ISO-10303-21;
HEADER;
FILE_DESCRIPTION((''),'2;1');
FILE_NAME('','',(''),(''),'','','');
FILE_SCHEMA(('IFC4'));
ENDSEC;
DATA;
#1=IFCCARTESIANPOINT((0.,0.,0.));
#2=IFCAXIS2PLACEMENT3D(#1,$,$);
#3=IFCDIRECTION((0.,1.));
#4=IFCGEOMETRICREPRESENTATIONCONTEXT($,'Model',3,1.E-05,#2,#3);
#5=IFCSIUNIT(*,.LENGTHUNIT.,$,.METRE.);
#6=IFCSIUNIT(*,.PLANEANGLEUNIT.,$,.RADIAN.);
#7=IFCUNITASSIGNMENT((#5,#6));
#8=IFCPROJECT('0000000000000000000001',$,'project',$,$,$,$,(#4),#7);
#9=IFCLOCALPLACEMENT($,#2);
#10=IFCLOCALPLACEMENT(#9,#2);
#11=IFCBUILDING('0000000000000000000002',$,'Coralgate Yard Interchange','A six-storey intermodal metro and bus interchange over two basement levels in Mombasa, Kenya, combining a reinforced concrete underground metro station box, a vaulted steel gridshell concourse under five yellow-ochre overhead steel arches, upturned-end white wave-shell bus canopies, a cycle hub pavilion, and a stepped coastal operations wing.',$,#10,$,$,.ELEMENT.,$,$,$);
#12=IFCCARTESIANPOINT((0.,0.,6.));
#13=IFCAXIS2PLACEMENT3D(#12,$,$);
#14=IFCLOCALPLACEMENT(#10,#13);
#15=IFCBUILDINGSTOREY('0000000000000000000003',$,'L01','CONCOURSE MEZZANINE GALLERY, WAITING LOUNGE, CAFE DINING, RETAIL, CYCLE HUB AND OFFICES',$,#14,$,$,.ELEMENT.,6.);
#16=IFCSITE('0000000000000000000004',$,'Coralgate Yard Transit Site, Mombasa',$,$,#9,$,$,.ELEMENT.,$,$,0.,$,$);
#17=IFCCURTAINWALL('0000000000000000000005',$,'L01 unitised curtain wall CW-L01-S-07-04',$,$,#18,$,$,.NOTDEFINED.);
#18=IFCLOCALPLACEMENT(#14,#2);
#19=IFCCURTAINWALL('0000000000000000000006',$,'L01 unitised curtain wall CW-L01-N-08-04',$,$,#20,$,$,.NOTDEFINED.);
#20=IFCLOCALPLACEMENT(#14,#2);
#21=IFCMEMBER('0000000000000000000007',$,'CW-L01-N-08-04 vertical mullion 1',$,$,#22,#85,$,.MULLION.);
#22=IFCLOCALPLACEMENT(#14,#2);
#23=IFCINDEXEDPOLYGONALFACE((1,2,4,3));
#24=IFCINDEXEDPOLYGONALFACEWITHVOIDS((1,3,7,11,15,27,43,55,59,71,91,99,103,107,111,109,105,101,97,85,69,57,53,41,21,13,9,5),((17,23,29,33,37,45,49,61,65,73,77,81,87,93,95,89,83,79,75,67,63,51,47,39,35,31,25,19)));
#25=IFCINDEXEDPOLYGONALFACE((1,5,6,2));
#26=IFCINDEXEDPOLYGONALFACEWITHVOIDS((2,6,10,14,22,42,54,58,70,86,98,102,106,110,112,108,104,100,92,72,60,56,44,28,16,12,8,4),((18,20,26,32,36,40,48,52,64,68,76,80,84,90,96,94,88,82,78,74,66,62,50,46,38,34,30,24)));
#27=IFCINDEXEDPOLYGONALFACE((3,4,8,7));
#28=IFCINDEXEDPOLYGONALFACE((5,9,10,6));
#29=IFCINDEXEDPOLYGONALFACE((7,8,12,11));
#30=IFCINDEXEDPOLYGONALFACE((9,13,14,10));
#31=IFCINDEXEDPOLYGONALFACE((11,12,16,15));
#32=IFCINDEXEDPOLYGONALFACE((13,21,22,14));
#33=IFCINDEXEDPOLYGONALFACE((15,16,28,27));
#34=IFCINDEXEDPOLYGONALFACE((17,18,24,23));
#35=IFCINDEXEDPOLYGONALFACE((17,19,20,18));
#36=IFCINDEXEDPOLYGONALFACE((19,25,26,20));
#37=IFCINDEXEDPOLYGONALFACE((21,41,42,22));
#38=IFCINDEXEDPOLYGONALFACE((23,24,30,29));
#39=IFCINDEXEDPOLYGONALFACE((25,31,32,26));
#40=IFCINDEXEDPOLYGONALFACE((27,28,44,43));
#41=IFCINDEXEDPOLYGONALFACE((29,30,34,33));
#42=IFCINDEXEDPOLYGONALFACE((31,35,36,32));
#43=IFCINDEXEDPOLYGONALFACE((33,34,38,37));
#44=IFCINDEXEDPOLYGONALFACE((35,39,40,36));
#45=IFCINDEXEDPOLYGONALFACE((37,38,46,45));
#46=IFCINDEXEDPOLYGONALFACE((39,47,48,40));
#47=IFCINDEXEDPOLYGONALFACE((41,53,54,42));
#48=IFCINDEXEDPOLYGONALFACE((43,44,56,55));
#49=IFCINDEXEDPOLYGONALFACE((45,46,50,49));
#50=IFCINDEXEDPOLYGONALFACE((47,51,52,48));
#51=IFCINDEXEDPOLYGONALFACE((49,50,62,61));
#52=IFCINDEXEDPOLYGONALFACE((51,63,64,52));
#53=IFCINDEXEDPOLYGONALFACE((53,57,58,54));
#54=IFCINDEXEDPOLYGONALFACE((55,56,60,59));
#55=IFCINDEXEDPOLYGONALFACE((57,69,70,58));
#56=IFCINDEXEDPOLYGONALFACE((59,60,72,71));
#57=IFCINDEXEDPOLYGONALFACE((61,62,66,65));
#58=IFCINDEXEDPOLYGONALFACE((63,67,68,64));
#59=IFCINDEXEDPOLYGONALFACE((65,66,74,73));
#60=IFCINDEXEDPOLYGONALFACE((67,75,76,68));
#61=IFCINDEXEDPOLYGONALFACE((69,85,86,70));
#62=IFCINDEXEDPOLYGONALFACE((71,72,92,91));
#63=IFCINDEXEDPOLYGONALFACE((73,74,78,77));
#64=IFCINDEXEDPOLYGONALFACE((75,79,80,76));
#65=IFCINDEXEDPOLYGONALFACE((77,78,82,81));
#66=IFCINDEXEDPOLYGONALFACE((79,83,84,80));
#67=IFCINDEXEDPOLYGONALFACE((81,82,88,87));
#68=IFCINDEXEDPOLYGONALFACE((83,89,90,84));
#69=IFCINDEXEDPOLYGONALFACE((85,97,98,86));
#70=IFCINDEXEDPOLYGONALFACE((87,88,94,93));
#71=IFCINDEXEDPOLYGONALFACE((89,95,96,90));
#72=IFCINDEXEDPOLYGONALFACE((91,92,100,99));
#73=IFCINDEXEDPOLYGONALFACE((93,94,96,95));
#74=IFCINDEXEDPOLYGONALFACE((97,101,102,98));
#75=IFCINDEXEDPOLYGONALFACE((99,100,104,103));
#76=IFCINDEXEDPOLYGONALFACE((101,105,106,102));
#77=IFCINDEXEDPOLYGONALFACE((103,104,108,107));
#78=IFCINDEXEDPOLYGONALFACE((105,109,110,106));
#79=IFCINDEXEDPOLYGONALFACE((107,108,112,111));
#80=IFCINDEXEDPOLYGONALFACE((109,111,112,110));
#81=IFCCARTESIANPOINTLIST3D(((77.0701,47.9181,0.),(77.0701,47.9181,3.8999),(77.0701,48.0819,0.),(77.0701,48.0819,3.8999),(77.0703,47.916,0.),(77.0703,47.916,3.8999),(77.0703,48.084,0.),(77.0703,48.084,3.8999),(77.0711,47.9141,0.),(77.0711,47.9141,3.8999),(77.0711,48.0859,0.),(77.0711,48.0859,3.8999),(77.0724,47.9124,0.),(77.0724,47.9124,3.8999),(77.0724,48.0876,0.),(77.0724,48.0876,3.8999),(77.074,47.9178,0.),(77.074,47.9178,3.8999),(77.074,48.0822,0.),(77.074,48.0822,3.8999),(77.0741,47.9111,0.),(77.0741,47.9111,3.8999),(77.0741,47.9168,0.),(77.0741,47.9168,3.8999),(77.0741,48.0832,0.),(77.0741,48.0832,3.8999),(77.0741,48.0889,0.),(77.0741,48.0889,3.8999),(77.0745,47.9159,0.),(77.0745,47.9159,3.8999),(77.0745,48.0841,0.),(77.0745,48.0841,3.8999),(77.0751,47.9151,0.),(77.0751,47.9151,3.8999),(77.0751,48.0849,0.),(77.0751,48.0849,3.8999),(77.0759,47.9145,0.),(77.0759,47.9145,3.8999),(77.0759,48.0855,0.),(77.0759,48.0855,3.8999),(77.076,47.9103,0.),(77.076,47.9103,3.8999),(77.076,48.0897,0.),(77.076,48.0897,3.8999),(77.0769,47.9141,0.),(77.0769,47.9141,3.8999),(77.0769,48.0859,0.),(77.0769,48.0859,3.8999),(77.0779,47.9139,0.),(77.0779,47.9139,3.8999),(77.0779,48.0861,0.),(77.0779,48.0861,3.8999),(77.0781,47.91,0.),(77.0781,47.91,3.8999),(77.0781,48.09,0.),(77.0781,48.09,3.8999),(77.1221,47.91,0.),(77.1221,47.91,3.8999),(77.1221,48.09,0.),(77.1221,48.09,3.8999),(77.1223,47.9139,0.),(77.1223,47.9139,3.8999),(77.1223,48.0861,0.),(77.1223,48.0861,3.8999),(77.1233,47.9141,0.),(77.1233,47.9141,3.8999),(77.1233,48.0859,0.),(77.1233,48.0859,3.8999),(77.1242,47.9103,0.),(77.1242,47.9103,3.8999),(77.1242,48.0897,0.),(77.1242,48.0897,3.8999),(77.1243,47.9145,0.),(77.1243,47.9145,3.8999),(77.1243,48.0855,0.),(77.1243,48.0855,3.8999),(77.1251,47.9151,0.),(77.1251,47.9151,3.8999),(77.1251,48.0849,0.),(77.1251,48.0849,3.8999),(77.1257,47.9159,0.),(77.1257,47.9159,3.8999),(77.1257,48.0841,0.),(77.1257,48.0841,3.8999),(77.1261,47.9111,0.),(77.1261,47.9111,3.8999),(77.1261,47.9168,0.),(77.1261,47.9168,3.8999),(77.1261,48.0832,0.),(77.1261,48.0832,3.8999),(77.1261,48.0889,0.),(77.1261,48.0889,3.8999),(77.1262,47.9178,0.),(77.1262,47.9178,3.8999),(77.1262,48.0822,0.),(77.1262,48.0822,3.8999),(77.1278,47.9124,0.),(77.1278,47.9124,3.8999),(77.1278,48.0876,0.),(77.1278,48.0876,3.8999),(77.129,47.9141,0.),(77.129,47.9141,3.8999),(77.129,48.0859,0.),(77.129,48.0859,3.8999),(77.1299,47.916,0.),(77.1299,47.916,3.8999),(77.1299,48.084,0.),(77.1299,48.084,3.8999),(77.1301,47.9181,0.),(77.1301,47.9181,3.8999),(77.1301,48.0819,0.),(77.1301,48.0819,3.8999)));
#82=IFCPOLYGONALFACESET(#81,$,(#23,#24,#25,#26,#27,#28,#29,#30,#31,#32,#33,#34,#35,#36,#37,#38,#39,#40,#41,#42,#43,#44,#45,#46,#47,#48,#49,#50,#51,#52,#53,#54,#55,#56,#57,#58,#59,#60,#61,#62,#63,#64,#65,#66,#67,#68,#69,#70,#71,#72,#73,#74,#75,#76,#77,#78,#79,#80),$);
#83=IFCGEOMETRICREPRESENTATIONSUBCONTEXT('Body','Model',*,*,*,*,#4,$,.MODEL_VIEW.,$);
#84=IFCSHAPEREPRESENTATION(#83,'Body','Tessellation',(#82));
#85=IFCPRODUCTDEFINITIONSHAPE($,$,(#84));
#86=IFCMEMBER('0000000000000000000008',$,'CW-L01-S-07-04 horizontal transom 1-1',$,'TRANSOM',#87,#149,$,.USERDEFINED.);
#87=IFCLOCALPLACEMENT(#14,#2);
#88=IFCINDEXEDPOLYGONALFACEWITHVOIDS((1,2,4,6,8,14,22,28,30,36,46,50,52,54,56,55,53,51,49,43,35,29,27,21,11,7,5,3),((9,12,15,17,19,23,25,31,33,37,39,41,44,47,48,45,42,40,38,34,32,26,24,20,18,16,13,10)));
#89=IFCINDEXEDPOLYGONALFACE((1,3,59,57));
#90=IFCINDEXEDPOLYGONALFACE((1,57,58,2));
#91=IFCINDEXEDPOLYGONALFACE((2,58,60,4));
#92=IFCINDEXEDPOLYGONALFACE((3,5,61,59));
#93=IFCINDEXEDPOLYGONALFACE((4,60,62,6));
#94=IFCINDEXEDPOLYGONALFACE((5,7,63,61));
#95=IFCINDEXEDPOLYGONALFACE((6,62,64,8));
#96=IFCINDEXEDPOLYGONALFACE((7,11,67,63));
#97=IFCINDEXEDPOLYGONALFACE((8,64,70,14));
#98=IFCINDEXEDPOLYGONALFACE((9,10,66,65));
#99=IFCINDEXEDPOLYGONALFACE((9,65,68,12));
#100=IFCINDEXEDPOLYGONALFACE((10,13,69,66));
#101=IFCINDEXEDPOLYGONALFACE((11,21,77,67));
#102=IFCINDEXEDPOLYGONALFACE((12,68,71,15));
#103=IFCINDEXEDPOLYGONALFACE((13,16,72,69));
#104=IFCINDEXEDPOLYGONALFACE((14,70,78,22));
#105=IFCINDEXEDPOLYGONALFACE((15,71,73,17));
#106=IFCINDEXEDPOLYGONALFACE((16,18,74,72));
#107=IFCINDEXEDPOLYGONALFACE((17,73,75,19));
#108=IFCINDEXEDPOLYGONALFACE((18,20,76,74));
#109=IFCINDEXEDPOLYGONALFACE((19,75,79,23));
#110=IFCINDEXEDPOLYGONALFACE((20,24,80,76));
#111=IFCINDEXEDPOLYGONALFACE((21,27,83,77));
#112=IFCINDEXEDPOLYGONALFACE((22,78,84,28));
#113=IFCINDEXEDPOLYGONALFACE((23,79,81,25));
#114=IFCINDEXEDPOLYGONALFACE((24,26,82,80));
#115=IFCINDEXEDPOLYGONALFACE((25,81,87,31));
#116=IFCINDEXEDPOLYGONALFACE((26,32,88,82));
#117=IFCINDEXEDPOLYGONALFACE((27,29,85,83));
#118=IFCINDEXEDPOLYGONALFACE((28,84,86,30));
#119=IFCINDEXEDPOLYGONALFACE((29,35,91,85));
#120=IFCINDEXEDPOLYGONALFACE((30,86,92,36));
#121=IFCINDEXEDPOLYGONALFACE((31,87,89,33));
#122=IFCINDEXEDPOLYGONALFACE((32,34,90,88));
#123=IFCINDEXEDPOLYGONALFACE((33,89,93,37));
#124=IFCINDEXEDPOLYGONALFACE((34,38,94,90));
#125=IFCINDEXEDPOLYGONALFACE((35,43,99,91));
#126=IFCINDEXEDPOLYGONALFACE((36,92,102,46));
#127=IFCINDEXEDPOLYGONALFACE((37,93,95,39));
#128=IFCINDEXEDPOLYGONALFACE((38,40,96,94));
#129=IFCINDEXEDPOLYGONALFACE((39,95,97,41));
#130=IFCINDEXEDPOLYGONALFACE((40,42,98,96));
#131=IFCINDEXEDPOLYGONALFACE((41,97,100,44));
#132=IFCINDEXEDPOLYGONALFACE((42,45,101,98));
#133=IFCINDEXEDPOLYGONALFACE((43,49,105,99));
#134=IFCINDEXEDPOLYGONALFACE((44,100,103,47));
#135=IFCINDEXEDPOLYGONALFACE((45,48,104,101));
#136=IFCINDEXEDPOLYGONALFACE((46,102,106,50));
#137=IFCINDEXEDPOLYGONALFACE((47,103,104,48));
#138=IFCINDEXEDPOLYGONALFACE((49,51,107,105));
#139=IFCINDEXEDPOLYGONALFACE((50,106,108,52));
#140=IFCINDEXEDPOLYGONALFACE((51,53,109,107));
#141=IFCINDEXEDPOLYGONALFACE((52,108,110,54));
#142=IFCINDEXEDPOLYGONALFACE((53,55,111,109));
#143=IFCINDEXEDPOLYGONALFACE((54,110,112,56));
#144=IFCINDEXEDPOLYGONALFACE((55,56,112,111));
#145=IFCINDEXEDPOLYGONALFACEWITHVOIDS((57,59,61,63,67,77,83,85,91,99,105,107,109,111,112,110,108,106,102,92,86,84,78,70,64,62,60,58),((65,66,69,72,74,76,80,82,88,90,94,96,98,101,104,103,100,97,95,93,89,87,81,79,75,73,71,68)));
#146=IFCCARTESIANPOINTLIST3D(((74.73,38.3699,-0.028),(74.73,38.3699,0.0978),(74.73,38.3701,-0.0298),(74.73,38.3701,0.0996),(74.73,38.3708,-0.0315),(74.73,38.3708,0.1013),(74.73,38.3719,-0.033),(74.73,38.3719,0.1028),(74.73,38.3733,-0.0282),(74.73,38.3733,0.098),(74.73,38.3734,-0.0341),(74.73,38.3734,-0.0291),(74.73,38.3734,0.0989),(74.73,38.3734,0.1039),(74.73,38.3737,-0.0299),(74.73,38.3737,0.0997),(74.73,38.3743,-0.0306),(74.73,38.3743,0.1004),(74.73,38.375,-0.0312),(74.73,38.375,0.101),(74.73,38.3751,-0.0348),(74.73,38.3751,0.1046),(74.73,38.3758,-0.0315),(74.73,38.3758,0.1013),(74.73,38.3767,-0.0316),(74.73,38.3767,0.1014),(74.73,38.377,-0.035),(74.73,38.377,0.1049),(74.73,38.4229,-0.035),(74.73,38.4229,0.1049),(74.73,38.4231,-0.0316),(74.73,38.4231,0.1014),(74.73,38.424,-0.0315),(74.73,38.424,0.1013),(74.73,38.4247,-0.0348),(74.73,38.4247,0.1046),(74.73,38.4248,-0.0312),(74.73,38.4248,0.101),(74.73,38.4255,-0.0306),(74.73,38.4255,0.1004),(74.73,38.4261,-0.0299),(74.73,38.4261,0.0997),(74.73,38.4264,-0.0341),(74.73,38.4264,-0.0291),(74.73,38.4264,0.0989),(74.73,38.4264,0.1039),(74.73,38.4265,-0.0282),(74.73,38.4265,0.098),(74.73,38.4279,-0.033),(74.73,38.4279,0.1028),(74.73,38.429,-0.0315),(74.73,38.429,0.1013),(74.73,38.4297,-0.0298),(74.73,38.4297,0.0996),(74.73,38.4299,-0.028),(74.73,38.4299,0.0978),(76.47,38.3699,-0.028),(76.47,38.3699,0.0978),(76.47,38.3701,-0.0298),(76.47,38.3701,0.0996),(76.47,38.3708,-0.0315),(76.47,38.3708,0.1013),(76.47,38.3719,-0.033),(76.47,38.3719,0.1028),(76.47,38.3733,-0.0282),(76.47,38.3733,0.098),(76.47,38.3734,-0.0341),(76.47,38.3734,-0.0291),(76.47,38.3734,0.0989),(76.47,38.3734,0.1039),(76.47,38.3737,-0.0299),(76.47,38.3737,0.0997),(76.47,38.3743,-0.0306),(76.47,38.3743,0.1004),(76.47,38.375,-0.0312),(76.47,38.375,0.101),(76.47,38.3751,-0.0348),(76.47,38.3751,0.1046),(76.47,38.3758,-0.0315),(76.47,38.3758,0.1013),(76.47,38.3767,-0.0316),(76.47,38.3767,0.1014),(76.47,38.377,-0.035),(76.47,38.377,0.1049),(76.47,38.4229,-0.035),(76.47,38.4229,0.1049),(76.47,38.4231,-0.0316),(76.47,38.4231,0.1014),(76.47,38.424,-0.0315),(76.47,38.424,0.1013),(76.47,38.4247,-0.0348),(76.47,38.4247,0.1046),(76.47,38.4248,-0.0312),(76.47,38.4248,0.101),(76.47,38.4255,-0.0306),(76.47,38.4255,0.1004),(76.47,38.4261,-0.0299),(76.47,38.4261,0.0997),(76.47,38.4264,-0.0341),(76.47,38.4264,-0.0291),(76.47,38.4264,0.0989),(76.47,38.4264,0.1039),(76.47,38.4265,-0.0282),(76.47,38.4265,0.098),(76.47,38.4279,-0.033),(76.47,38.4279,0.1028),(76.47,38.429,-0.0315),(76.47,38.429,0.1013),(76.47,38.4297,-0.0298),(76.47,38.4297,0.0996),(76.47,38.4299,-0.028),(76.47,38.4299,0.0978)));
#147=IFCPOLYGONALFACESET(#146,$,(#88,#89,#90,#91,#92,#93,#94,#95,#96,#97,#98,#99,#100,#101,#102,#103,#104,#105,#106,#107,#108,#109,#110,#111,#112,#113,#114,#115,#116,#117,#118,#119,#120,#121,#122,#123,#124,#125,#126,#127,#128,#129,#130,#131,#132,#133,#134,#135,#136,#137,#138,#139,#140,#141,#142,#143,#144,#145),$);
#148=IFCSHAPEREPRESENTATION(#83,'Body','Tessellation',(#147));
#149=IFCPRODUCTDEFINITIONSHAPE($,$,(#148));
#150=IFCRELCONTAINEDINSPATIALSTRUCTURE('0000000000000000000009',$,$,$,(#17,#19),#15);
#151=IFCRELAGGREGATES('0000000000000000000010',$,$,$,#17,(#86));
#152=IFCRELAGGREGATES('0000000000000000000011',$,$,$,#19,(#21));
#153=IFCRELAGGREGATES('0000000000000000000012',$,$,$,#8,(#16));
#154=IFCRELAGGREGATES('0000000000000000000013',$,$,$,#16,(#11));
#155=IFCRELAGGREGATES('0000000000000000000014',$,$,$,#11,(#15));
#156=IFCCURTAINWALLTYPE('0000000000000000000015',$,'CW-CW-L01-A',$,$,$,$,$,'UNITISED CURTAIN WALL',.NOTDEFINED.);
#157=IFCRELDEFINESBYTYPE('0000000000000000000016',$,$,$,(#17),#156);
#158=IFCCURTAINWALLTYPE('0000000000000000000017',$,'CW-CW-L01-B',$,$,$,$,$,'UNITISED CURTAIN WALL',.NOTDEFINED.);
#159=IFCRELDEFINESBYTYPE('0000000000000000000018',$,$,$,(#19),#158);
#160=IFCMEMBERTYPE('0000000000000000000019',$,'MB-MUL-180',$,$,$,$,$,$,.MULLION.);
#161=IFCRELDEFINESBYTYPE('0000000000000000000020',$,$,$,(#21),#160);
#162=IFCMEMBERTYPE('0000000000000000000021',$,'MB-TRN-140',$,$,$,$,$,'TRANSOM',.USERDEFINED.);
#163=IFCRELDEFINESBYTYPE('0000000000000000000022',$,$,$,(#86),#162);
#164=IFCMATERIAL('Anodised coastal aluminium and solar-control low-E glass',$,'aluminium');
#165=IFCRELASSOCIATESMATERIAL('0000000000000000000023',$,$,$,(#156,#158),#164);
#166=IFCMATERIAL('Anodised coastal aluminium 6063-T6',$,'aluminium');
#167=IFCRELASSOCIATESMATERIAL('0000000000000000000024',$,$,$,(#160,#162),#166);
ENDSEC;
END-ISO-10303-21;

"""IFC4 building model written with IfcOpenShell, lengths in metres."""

from ifc_helpers import new_model, si_unit, direction, frame, origin, origin_2d, place, context, subcontext, project, spatial, hollow_rectangle, extrude, material, material_profile, profile_set, type_object, element, aggregate, save


model = new_model("IFC4")

# Units and contexts
model_context = context("Model", 3, precision=1e-05, world=origin(), true_north=direction((0.0, 1.0)))
body_context = subcontext(model_context, "Body", "Model", "MODEL_VIEW")
ifc_project = project(units=[si_unit("LENGTHUNIT", "METRE"), si_unit("PLANEANGLEUNIT", "RADIAN")], contexts=[model_context])

# Site, building, storey
site_placement = place(None, origin())
site = spatial("IfcSite", under=ifc_project, at=site_placement, Name="Coralgate Yard Transit Site, Mombasa", CompositionType="ELEMENT", RefElevation=0.0)
building_placement = place(site_placement, origin())
building = spatial("IfcBuilding", under=site, at=building_placement, Name="Coralgate Yard Interchange", Description="A six-storey intermodal metro and bus interchange over two basement levels in Mombasa, Kenya, combining a reinforced concrete underground metro station box, a vaulted steel gridshell concourse under five yellow-ochre overhead steel arches, upturned-end white wave-shell bus canopies, a cycle hub pavilion, and a stepped coastal operations wing.", CompositionType="ELEMENT")
storey_placement = place(building_placement, frame((0.0, 0.0, 6.0)))
storey = spatial("IfcBuildingStorey", under=building, at=storey_placement, Name="L01", Description="CONCOURSE MEZZANINE GALLERY, WAITING LOUNGE, CAFE DINING, RETAIL, CYCLE HUB AND OFFICES", CompositionType="ELEMENT", Elevation=6.0)

# Curtain wall
ifc_material_1 = material(Name="Anodised coastal aluminium and solar-control low-E glass", Category="aluminium")
curtain_wall_type_1 = type_object("IfcCurtainWallType", Name="CW-CW-L01-A", ElementType="UNITISED CURTAIN WALL", PredefinedType="NOTDEFINED", material=ifc_material_1)
curtain_wall_1_placement = place(storey_placement, origin())
curtain_wall_1 = element("IfcCurtainWall", 1, at=curtain_wall_1_placement, inside=storey, type_object=curtain_wall_type_1, Name="L01 unitised curtain wall CW-L01-S-07-04", PredefinedType="NOTDEFINED")
ifc_material_2 = material(Name="Anodised coastal aluminium 6063-T6", Category="aluminium")
ifc_material_profile_1 = material_profile(ifc_material_2, hollow_rectangle(XDim=0.0601, YDim=0.1799, WallThickness=0.0039, InnerFilletRadius=0.0039, OuterFilletRadius=0.0081, at=origin_2d()), Name="ALU 60x180x4")
ifc_profile_set_1 = profile_set([ifc_material_profile_1], Name="Anodised coastal aluminium 6063-T6")
member_type_1 = type_object("IfcMemberType", Name="MB-MUL-180", PredefinedType="MULLION", material=ifc_profile_set_1)

# Shared definitions
curtain_wall_type_2 = type_object("IfcCurtainWallType", Name="CW-CW-L01-B", ElementType="UNITISED CURTAIN WALL", PredefinedType="NOTDEFINED", material=ifc_material_1)

# Curtain wall, member
curtain_wall_2_placement = place(storey_placement, origin())
curtain_wall_2 = element("IfcCurtainWall", 2, at=curtain_wall_2_placement, inside=storey, type_object=curtain_wall_type_2, Name="L01 unitised curtain wall CW-L01-N-08-04", PredefinedType="NOTDEFINED")
member_1_placement = place(storey_placement, frame((77.1001, 48.0, 0.0), z_axis=(0.0, 0.0, 1.0), x_axis=(1.0, 0.0, 0.0)))
member_1 = element("IfcMember", 3, at=member_1_placement, type_object=member_type_1, Name="CW-L01-N-08-04 vertical mullion 1", PredefinedType="MULLION", context=body_context, shape_type="SweptSolid", body=[
    extrude(hollow_rectangle(XDim=0.0601, YDim=0.1799, WallThickness=0.0039, InnerFilletRadius=0.0039, OuterFilletRadius=0.0081, at=origin_2d()), origin(), (0.0, 0.0, 1.0), 3.8999),
])

# Member
ifc_material_profile_2 = material_profile(ifc_material_2, hollow_rectangle(XDim=0.0601, YDim=0.1399, WallThickness=0.0034, InnerFilletRadius=0.0034, OuterFilletRadius=0.0071, at=origin_2d()), Name="ALU 60x140x3.5")
ifc_profile_set_2 = profile_set([ifc_material_profile_2], Name="Anodised coastal aluminium 6063-T6")
member_type_2 = type_object("IfcMemberType", Name="MB-TRN-140", ElementType="TRANSOM", PredefinedType="USERDEFINED", material=ifc_profile_set_2)
member_2_placement = place(storey_placement, frame((76.47, 38.3999, 0.0349), z_axis=(-1.0, 0.0, 0.0), x_axis=(0.0, -1.0, 0.0)))
member_2 = element("IfcMember", 4, at=member_2_placement, type_object=member_type_2, Name="CW-L01-S-07-04 horizontal transom 1-1", ObjectType="TRANSOM", PredefinedType="USERDEFINED", context=body_context, shape_type="SweptSolid", body=[
    extrude(hollow_rectangle(XDim=0.0601, YDim=0.1399, WallThickness=0.0034, InnerFilletRadius=0.0034, OuterFilletRadius=0.0071, at=origin_2d()), origin(), (0.0, 0.0, 1.0), 1.74),
])
aggregate(curtain_wall_1, [member_2])
aggregate(curtain_wall_2, [member_1])

save(model, "model.ifc")
